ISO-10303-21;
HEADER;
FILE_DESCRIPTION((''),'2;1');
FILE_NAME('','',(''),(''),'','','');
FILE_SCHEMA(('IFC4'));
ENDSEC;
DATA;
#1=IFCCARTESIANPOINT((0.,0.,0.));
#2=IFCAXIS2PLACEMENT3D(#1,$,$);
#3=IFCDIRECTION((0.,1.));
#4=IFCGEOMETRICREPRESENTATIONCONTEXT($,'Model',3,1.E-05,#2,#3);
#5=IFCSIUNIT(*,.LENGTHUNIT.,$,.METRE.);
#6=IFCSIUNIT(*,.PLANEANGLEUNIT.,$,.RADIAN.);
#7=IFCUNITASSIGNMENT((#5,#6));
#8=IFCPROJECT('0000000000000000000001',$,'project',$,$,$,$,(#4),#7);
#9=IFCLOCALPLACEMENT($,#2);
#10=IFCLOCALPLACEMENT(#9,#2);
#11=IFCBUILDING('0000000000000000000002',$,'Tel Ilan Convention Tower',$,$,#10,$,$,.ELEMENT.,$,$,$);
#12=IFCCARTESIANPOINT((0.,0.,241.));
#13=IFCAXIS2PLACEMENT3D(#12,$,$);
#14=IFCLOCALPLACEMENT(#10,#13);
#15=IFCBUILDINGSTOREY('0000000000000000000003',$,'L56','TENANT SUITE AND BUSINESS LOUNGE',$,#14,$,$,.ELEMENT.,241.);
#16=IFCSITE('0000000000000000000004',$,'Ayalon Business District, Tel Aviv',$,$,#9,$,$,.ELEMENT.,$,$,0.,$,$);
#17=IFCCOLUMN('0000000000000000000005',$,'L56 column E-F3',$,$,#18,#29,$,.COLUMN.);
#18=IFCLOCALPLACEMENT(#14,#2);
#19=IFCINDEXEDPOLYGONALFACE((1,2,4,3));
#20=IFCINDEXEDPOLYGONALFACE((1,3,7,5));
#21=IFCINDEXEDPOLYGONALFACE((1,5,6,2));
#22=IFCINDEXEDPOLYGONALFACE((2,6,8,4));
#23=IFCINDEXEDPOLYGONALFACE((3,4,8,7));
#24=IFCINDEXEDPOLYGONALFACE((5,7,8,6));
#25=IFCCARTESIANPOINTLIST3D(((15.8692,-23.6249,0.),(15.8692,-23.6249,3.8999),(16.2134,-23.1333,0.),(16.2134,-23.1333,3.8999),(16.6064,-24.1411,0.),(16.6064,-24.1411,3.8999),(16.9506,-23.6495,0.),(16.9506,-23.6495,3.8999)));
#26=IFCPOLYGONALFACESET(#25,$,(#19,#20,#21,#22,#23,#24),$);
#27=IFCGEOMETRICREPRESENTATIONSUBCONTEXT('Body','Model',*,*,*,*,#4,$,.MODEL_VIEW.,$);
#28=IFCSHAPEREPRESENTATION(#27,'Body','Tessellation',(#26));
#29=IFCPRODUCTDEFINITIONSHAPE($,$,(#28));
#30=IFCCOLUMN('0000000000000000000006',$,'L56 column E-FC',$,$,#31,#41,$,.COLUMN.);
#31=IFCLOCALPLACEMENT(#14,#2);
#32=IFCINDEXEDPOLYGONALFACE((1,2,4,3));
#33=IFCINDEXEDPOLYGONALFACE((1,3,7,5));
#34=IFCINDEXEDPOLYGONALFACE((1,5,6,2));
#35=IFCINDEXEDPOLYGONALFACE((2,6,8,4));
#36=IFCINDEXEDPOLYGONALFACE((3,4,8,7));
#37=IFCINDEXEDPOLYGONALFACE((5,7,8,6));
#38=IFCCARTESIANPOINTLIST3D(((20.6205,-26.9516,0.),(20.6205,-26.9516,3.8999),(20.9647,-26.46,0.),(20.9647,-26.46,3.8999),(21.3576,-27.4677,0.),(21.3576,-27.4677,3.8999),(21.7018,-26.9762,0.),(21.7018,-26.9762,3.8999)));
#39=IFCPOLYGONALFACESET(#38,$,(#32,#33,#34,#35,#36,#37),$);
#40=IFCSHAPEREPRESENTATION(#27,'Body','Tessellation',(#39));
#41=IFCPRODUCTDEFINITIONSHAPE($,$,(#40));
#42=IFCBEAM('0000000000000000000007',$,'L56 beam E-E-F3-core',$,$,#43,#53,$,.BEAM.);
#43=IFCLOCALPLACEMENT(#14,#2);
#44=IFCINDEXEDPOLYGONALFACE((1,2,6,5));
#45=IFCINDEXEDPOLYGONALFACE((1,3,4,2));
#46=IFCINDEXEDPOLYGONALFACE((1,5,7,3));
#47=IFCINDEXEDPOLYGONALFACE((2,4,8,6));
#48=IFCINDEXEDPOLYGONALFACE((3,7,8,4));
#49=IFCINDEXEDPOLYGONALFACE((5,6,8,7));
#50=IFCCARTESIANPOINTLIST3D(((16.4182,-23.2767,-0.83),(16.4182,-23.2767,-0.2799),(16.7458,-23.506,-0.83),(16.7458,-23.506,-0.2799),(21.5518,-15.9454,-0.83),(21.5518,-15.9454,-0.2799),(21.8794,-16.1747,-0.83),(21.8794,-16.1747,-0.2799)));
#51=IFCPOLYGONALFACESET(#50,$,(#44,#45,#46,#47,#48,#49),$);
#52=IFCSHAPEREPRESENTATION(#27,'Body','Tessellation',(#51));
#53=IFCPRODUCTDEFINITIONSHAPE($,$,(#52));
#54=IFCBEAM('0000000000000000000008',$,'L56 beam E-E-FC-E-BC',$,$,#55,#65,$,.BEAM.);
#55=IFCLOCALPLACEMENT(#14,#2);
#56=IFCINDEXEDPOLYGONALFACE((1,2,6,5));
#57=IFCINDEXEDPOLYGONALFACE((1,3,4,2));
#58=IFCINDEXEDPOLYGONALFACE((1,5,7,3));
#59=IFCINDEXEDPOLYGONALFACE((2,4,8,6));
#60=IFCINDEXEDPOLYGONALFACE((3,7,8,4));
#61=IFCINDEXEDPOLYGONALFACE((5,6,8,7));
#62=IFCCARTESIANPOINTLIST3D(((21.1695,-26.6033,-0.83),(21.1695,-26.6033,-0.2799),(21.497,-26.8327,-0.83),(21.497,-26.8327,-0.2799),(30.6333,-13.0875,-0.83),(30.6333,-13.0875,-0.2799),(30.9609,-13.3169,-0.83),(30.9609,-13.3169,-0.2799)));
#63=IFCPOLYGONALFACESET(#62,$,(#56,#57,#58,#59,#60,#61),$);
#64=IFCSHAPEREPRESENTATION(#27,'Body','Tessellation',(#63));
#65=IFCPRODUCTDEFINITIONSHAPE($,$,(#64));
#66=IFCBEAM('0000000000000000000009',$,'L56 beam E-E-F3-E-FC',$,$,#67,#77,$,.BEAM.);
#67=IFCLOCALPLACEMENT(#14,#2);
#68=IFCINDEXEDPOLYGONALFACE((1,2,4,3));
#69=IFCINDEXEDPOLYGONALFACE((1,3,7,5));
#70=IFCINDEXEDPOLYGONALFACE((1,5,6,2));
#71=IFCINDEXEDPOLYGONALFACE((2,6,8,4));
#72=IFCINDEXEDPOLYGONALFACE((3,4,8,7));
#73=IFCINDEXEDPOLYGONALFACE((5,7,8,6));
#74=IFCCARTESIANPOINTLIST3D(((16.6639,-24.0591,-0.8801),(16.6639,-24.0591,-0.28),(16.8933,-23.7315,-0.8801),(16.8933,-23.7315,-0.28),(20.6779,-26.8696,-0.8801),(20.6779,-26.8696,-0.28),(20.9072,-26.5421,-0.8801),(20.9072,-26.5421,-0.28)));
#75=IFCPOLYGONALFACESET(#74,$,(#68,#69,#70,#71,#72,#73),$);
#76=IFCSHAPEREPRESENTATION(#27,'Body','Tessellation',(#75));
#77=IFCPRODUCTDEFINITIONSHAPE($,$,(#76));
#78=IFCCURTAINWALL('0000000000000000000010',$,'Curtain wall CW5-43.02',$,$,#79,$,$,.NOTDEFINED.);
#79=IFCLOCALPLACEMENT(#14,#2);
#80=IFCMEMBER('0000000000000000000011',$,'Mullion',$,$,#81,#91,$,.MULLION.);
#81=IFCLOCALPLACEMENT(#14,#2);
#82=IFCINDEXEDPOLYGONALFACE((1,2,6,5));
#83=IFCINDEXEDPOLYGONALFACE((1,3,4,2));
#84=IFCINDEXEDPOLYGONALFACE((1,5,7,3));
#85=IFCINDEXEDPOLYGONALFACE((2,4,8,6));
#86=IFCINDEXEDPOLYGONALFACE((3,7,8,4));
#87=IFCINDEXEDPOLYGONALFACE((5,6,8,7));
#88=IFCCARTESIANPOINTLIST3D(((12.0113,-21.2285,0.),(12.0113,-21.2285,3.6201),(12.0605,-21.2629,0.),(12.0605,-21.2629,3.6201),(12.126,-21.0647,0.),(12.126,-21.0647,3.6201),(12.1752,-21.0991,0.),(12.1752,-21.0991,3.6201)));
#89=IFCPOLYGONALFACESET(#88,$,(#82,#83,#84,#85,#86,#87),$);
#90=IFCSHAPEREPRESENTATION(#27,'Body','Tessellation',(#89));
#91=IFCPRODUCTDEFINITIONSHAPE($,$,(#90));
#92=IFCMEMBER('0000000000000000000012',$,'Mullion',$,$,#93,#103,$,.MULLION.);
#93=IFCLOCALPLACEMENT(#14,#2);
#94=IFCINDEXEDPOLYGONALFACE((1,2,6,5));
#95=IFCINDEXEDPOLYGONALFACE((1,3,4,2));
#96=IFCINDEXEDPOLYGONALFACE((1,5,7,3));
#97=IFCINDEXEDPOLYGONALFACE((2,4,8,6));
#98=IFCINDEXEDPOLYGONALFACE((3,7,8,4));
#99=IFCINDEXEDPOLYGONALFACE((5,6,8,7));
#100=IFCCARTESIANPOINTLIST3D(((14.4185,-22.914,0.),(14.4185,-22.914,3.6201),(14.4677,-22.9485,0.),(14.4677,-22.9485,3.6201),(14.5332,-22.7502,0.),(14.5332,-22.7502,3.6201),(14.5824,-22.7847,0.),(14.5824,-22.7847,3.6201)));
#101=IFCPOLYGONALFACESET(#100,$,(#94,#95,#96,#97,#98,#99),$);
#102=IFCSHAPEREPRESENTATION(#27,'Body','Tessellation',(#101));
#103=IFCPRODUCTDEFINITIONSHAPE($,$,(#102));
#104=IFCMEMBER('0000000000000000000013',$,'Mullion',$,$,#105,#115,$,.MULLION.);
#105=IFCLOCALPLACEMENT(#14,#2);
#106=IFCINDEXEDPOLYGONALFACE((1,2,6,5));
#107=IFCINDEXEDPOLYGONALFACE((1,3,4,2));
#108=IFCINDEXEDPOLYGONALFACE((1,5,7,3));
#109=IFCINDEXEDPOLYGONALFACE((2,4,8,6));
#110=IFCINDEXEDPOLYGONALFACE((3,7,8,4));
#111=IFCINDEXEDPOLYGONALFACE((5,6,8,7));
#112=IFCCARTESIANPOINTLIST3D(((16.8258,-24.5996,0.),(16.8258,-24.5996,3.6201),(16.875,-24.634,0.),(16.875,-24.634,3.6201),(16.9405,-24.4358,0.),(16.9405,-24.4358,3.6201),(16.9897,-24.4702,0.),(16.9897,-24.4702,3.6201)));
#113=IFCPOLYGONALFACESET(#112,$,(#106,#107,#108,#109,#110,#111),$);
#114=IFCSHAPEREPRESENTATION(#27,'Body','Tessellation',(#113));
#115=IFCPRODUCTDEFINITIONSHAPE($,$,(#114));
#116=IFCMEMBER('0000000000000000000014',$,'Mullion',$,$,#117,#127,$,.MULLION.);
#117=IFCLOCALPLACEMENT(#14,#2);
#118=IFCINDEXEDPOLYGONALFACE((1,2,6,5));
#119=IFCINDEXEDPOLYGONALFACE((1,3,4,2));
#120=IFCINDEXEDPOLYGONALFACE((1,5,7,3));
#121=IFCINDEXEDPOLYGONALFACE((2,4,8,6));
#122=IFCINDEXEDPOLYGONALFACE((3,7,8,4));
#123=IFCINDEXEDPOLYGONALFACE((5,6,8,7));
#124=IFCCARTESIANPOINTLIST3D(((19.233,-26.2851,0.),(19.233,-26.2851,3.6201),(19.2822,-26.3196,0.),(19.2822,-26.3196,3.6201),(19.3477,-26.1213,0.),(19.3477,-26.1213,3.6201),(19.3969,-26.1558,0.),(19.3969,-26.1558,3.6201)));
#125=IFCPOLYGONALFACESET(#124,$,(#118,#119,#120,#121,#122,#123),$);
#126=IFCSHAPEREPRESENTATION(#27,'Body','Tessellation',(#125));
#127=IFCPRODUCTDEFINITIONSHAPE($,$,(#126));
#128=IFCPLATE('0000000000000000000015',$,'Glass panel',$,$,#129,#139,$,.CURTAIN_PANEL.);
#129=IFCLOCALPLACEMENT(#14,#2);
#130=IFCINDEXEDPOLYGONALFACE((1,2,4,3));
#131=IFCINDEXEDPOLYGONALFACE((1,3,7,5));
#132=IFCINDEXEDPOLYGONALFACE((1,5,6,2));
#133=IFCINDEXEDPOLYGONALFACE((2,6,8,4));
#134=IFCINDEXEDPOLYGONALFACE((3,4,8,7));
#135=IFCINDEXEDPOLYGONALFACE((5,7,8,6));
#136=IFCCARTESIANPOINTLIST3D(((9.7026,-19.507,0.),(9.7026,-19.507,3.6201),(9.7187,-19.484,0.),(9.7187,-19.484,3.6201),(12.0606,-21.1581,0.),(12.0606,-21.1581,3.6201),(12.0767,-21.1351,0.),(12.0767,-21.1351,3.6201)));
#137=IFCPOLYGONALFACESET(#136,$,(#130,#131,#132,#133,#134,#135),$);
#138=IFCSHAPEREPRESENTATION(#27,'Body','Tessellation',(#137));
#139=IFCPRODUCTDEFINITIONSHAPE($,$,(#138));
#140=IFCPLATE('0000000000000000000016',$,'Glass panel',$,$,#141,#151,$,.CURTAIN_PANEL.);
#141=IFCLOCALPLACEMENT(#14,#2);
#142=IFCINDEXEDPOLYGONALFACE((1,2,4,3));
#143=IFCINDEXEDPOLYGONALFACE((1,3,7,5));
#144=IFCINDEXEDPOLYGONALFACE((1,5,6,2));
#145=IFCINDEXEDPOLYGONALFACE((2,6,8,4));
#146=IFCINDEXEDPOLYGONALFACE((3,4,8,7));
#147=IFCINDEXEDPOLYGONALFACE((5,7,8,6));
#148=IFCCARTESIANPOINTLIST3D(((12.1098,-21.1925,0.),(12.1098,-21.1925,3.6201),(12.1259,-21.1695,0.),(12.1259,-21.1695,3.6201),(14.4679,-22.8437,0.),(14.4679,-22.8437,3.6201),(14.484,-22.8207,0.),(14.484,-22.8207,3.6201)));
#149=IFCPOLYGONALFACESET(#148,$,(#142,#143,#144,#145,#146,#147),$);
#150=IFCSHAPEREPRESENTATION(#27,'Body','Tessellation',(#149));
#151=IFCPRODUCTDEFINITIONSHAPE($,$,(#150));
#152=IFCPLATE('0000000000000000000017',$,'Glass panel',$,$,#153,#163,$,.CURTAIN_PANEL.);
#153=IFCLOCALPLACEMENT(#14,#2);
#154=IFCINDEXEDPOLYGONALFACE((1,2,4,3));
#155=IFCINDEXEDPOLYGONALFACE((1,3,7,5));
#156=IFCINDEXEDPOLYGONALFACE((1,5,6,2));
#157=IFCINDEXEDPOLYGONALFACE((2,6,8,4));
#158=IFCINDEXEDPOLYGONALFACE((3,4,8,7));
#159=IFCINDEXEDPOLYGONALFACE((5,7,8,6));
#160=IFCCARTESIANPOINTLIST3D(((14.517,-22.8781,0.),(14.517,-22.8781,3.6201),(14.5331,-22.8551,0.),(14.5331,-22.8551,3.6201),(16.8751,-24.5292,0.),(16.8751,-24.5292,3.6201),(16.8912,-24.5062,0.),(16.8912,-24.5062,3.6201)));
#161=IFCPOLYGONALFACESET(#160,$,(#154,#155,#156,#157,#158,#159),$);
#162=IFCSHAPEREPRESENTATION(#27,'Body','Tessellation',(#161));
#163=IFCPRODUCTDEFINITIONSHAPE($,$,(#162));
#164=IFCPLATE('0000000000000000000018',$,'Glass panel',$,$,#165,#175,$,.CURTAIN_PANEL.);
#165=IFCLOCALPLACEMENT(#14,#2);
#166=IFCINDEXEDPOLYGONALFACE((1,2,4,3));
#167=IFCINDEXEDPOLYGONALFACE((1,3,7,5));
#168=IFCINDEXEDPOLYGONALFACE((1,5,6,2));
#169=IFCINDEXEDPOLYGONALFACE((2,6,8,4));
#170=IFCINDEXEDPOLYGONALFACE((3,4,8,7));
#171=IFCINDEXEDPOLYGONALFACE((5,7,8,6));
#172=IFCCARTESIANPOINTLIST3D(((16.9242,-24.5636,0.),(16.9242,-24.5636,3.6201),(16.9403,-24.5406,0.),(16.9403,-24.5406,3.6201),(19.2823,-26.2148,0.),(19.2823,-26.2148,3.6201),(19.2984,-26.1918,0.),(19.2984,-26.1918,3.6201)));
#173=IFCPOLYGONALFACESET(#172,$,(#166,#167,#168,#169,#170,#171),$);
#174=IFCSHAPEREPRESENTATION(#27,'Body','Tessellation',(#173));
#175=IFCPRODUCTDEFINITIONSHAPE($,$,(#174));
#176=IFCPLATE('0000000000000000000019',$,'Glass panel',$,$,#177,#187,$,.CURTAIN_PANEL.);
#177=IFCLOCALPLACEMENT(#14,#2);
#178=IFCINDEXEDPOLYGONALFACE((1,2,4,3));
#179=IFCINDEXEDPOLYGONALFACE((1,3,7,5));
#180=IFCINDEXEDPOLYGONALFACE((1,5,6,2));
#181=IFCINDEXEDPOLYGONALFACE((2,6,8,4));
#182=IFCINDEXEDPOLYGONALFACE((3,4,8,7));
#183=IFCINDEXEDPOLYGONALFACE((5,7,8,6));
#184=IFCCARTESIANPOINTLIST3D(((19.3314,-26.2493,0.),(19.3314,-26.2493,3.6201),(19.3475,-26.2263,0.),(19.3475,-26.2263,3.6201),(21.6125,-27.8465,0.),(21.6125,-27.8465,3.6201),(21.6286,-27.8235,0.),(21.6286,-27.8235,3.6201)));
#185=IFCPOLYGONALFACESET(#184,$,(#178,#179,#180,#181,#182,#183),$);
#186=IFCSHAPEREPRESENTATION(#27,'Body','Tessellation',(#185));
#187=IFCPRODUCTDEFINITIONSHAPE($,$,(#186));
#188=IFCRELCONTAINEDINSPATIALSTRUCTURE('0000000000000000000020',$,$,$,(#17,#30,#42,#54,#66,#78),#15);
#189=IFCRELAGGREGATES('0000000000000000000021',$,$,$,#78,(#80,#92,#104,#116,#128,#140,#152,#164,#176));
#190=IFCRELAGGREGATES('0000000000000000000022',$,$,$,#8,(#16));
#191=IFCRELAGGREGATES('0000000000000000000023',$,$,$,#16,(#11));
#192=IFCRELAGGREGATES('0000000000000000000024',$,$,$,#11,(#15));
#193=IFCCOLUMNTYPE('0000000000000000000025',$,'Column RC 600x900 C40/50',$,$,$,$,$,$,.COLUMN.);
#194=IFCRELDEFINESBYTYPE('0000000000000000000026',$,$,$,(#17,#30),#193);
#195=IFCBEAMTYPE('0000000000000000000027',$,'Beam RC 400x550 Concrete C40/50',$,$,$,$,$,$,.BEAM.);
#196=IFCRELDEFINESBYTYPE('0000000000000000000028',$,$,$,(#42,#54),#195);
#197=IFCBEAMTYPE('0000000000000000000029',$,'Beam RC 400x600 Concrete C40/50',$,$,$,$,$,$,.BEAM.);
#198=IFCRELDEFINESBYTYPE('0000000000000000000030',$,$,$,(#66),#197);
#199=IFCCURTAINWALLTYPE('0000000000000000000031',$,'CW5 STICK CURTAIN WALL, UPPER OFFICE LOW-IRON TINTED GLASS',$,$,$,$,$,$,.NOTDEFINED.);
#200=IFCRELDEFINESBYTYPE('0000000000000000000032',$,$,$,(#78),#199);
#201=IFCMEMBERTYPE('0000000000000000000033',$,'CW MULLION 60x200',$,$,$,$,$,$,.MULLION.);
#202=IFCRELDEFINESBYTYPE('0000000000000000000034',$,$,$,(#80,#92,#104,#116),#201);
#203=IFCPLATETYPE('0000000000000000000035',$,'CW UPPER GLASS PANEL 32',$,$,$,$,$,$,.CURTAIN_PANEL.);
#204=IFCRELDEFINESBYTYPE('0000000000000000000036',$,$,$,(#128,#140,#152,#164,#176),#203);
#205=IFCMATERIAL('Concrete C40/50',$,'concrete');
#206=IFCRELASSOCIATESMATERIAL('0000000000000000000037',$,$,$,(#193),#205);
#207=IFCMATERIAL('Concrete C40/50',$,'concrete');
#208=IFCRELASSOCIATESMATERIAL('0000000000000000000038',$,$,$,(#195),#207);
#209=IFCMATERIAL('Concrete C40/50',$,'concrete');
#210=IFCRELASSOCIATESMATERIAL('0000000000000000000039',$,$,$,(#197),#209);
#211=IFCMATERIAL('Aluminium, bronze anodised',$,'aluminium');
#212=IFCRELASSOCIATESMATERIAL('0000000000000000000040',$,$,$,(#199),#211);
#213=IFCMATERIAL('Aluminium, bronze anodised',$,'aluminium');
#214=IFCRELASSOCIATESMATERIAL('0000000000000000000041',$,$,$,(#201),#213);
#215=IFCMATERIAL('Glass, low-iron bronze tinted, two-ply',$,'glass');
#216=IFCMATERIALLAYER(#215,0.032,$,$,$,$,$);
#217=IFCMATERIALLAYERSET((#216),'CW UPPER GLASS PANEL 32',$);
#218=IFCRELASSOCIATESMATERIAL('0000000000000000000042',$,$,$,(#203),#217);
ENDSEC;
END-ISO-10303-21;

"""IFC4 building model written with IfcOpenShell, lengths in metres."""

from ifc_helpers import new_model, si_unit, direction, frame, origin, origin_2d, place, context, subcontext, project, spatial, rectangle, extrude, material, layer, layer_set, material_profile, profile_set, type_object, element, aggregate, save


model = new_model("IFC4")

# Units and contexts
model_context = context("Model", 3, precision=1e-05, world=origin(), true_north=direction((0.0, 1.0)))
body_context = subcontext(model_context, "Body", "Model", "MODEL_VIEW")
ifc_project = project(units=[si_unit("LENGTHUNIT", "METRE"), si_unit("PLANEANGLEUNIT", "RADIAN")], contexts=[model_context])

# Site, building, storey
site_placement = place(None, origin())
site = spatial("IfcSite", under=ifc_project, at=site_placement, Name="Ayalon Business District, Tel Aviv", CompositionType="ELEMENT", RefElevation=0.0)
building_placement = place(site_placement, origin())
building = spatial("IfcBuilding", under=site, at=building_placement, Name="Tel Ilan Convention Tower", CompositionType="ELEMENT")
storey_placement = place(building_placement, frame((0.0, 0.0, 241.0)))
storey = spatial("IfcBuildingStorey", under=building, at=storey_placement, Name="L56", Description="TENANT SUITE AND BUSINESS LOUNGE", CompositionType="ELEMENT", Elevation=241.0)

# Columns
ifc_material_1 = material(Name="Concrete C40/50", Category="concrete")
ifc_material_profile_1 = material_profile(ifc_material_1, rectangle(XDim=0.8999, YDim=0.6001, at=origin_2d()), Name="RC 600x900")
ifc_profile_set_1 = profile_set([ifc_material_profile_1], Name="Concrete C40/50")
column_type = type_object("IfcColumnType", Name="Column RC 600x900 C40/50", PredefinedType="COLUMN", material=ifc_profile_set_1)
for number, where, z_axis, x_axis, name in (
    (1, (16.4099, -23.6372, 0.0), (0.0, 0.0, 1.0), (0.819152, -0.573576, 0.0), "L56 column E-F3"),
    (2, (21.1611, -26.9639, 0.0), (0.0, 0.0, 1.0), (0.819152, -0.573576, 0.0), "L56 column E-FC"),
):
    element("IfcColumn", number, at=place(storey_placement, frame(where, z_axis=z_axis, x_axis=x_axis)), inside=storey, type_object=column_type, Name=name, PredefinedType="COLUMN", context=body_context, shape_type="SweptSolid", body=[
        extrude(rectangle(XDim=0.8999, YDim=0.6001, at=origin_2d()), origin(), (0.0, 0.0, 1.0), 3.8999),
    ])

# Beams
ifc_material_2 = material(Name="Concrete C40/50", Category="concrete")
ifc_material_profile_2 = material_profile(ifc_material_2, rectangle(XDim=0.3999, YDim=0.55, at=origin_2d()), Name="RC 400x550")
ifc_profile_set_2 = profile_set([ifc_material_profile_2], Name="Concrete C40/50")
beam_type_1 = type_object("IfcBeamType", Name="Beam RC 400x550 Concrete C40/50", PredefinedType="BEAM", material=ifc_profile_set_2)
beam_1_placement = place(storey_placement, frame((16.582, -23.3914, -0.5549), z_axis=(0.573585, 0.819146, 0.0), x_axis=(-0.819146, 0.573585, 0.0)))
element("IfcBeam", 3, at=beam_1_placement, inside=storey, type_object=beam_type_1, Name="L56 beam E-E-F3-core", PredefinedType="BEAM", context=body_context, shape_type="SweptSolid", body=[
    extrude(rectangle(XDim=0.3999, YDim=0.55, at=origin_2d()), origin(), (0.0, 0.0, 1.0), 8.95),
])
beam_2_placement = place(storey_placement, frame((21.3333, -26.718, -0.5549), z_axis=(0.573575, 0.819153, 0.0), x_axis=(-0.819153, 0.573575, 0.0)))
element("IfcBeam", 4, at=beam_2_placement, inside=storey, type_object=beam_type_1, Name="L56 beam E-E-FC-E-BC", PredefinedType="BEAM", context=body_context, shape_type="SweptSolid", body=[
    extrude(rectangle(XDim=0.3999, YDim=0.55, at=origin_2d()), origin(), (0.0, 0.0, 1.0), 16.4998),
])
ifc_material_3 = material(Name="Concrete C40/50", Category="concrete")
ifc_material_profile_3 = material_profile(ifc_material_3, rectangle(XDim=0.3999, YDim=0.6001, at=origin_2d()), Name="RC 400x600")
ifc_profile_set_3 = profile_set([ifc_material_profile_3], Name="Concrete C40/50")
beam_type_2 = type_object("IfcBeamType", Name="Beam RC 400x600 Concrete C40/50", PredefinedType="BEAM", material=ifc_profile_set_3)
beam_3_placement = place(storey_placement, frame((16.7786, -23.8953, -0.5801), z_axis=(0.819155, -0.573573, 0.0), x_axis=(0.573573, 0.819155, 0.0)))
element("IfcBeam", 5, at=beam_3_placement, inside=storey, type_object=beam_type_2, Name="L56 beam E-E-F3-E-FC", PredefinedType="BEAM", context=body_context, shape_type="SweptSolid", body=[
    extrude(rectangle(XDim=0.3999, YDim=0.6001, at=origin_2d()), origin(), (0.0, 0.0, 1.0), 4.9001),
])

# Curtain wall, members, plates
ifc_material_4 = material(Name="Aluminium, bronze anodised", Category="aluminium")
curtain_wall_type = type_object("IfcCurtainWallType", Name="CW5 STICK CURTAIN WALL, UPPER OFFICE LOW-IRON TINTED GLASS", PredefinedType="NOTDEFINED", material=ifc_material_4)
curtain_wall_placement = place(storey_placement, origin())
curtain_wall = element("IfcCurtainWall", 6, at=curtain_wall_placement, inside=storey, type_object=curtain_wall_type, Name="Curtain wall CW5-43.02", PredefinedType="NOTDEFINED")
ifc_material_5 = material(Name="Aluminium, bronze anodised", Category="aluminium")
ifc_material_profile_4 = material_profile(ifc_material_5, rectangle(XDim=0.0601, YDim=0.2, at=origin_2d()), Name="CW MULLION 60x200")
ifc_profile_set_4 = profile_set([ifc_material_profile_4], Name="Aluminium, bronze anodised")
member_type = type_object("IfcMemberType", Name="CW MULLION 60x200", PredefinedType="MULLION", material=ifc_profile_set_4)
member_1_placement = place(storey_placement, frame((12.0933, -21.1638, 0.0), z_axis=(0.0, 0.0, 1.0), x_axis=(0.819152, -0.573576, 0.0)))
member_1 = element("IfcMember", 7, at=member_1_placement, type_object=member_type, Name="Mullion", PredefinedType="MULLION", context=body_context, shape_type="SweptSolid", body=[
    extrude(rectangle(XDim=0.0601, YDim=0.2, at=origin_2d()), origin(), (0.0, 0.0, 1.0), 3.6201),
])
member_2_placement = place(storey_placement, frame((14.5005, -22.8494, 0.0), z_axis=(0.0, 0.0, 1.0), x_axis=(0.819152, -0.573576, 0.0)))
member_2 = element("IfcMember", 8, at=member_2_placement, type_object=member_type, Name="Mullion", PredefinedType="MULLION", context=body_context, shape_type="SweptSolid", body=[
    extrude(rectangle(XDim=0.0601, YDim=0.2, at=origin_2d()), origin(), (0.0, 0.0, 1.0), 3.6201),
])
member_3_placement = place(storey_placement, frame((16.9077, -24.5349, 0.0), z_axis=(0.0, 0.0, 1.0), x_axis=(0.819152, -0.573576, 0.0)))
member_3 = element("IfcMember", 9, at=member_3_placement, type_object=member_type, Name="Mullion", PredefinedType="MULLION", context=body_context, shape_type="SweptSolid", body=[
    extrude(rectangle(XDim=0.0601, YDim=0.2, at=origin_2d()), origin(), (0.0, 0.0, 1.0), 3.6201),
])
member_4_placement = place(storey_placement, frame((19.3149, -26.2205, 0.0), z_axis=(0.0, 0.0, 1.0), x_axis=(0.819152, -0.573576, 0.0)))
member_4 = element("IfcMember", 10, at=member_4_placement, type_object=member_type, Name="Mullion", PredefinedType="MULLION", context=body_context, shape_type="SweptSolid", body=[
    extrude(rectangle(XDim=0.0601, YDim=0.2, at=origin_2d()), origin(), (0.0, 0.0, 1.0), 3.6201),
])
ifc_material_6 = material(Name="Glass, low-iron bronze tinted, two-ply", Category="glass")
ifc_layer_1 = layer(ifc_material_6, 0.032)
ifc_layer_set_1 = layer_set([ifc_layer_1], Name="CW UPPER GLASS PANEL 32")
plate_type = type_object("IfcPlateType", Name="CW UPPER GLASS PANEL 32", PredefinedType="CURTAIN_PANEL", material=ifc_layer_set_1)
plate_1_placement = place(storey_placement, frame((10.8896, -20.321, 0.0), z_axis=(0.0, 0.0, 1.0), x_axis=(0.819152, -0.573576, 0.0)))
plate_1 = element("IfcPlate", 11, at=plate_1_placement, type_object=plate_type, Name="Glass panel", PredefinedType="CURTAIN_PANEL", context=body_context, shape_type="SweptSolid", body=[
    extrude(rectangle(XDim=2.8787, YDim=0.0281, at=origin_2d()), origin(), (0.0, 0.0, 1.0), 3.6201),
])
plate_2_placement = place(storey_placement, frame((13.2969, -22.0066, 0.0), z_axis=(0.0, 0.0, 1.0), x_axis=(0.819152, -0.573576, 0.0)))
plate_2 = element("IfcPlate", 12, at=plate_2_placement, type_object=plate_type, Name="Glass panel", PredefinedType="CURTAIN_PANEL", context=body_context, shape_type="SweptSolid", body=[
    extrude(rectangle(XDim=2.8787, YDim=0.0281, at=origin_2d()), origin(), (0.0, 0.0, 1.0), 3.6201),
])
plate_3_placement = place(storey_placement, frame((15.7041, -23.6921, 0.0), z_axis=(0.0, 0.0, 1.0), x_axis=(0.819152, -0.573576, 0.0)))
plate_3 = element("IfcPlate", 13, at=plate_3_placement, type_object=plate_type, Name="Glass panel", PredefinedType="CURTAIN_PANEL", context=body_context, shape_type="SweptSolid", body=[
    extrude(rectangle(XDim=2.8787, YDim=0.0281, at=origin_2d()), origin(), (0.0, 0.0, 1.0), 3.6201),
])
plate_4_placement = place(storey_placement, frame((18.1113, -25.3777, 0.0), z_axis=(0.0, 0.0, 1.0), x_axis=(0.819152, -0.573576, 0.0)))
plate_4 = element("IfcPlate", 14, at=plate_4_placement, type_object=plate_type, Name="Glass panel", PredefinedType="CURTAIN_PANEL", context=body_context, shape_type="SweptSolid", body=[
    extrude(rectangle(XDim=2.8787, YDim=0.0281, at=origin_2d()), origin(), (0.0, 0.0, 1.0), 3.6201),
])
plate_5_placement = place(storey_placement, frame((20.48, -27.0364, 0.0), z_axis=(0.0, 0.0, 1.0), x_axis=(0.819152, -0.573576, 0.0)))
plate_5 = element("IfcPlate", 15, at=plate_5_placement, type_object=plate_type, Name="Glass panel", PredefinedType="CURTAIN_PANEL", context=body_context, shape_type="SweptSolid", body=[
    extrude(rectangle(XDim=2.7847, YDim=0.0281, at=origin_2d()), origin(), (0.0, 0.0, 1.0), 3.6201),
])
aggregate(curtain_wall, [member_1, member_2, member_3, member_4, plate_1, plate_2, plate_3, plate_4, plate_5])

save(model, "model.ifc")
